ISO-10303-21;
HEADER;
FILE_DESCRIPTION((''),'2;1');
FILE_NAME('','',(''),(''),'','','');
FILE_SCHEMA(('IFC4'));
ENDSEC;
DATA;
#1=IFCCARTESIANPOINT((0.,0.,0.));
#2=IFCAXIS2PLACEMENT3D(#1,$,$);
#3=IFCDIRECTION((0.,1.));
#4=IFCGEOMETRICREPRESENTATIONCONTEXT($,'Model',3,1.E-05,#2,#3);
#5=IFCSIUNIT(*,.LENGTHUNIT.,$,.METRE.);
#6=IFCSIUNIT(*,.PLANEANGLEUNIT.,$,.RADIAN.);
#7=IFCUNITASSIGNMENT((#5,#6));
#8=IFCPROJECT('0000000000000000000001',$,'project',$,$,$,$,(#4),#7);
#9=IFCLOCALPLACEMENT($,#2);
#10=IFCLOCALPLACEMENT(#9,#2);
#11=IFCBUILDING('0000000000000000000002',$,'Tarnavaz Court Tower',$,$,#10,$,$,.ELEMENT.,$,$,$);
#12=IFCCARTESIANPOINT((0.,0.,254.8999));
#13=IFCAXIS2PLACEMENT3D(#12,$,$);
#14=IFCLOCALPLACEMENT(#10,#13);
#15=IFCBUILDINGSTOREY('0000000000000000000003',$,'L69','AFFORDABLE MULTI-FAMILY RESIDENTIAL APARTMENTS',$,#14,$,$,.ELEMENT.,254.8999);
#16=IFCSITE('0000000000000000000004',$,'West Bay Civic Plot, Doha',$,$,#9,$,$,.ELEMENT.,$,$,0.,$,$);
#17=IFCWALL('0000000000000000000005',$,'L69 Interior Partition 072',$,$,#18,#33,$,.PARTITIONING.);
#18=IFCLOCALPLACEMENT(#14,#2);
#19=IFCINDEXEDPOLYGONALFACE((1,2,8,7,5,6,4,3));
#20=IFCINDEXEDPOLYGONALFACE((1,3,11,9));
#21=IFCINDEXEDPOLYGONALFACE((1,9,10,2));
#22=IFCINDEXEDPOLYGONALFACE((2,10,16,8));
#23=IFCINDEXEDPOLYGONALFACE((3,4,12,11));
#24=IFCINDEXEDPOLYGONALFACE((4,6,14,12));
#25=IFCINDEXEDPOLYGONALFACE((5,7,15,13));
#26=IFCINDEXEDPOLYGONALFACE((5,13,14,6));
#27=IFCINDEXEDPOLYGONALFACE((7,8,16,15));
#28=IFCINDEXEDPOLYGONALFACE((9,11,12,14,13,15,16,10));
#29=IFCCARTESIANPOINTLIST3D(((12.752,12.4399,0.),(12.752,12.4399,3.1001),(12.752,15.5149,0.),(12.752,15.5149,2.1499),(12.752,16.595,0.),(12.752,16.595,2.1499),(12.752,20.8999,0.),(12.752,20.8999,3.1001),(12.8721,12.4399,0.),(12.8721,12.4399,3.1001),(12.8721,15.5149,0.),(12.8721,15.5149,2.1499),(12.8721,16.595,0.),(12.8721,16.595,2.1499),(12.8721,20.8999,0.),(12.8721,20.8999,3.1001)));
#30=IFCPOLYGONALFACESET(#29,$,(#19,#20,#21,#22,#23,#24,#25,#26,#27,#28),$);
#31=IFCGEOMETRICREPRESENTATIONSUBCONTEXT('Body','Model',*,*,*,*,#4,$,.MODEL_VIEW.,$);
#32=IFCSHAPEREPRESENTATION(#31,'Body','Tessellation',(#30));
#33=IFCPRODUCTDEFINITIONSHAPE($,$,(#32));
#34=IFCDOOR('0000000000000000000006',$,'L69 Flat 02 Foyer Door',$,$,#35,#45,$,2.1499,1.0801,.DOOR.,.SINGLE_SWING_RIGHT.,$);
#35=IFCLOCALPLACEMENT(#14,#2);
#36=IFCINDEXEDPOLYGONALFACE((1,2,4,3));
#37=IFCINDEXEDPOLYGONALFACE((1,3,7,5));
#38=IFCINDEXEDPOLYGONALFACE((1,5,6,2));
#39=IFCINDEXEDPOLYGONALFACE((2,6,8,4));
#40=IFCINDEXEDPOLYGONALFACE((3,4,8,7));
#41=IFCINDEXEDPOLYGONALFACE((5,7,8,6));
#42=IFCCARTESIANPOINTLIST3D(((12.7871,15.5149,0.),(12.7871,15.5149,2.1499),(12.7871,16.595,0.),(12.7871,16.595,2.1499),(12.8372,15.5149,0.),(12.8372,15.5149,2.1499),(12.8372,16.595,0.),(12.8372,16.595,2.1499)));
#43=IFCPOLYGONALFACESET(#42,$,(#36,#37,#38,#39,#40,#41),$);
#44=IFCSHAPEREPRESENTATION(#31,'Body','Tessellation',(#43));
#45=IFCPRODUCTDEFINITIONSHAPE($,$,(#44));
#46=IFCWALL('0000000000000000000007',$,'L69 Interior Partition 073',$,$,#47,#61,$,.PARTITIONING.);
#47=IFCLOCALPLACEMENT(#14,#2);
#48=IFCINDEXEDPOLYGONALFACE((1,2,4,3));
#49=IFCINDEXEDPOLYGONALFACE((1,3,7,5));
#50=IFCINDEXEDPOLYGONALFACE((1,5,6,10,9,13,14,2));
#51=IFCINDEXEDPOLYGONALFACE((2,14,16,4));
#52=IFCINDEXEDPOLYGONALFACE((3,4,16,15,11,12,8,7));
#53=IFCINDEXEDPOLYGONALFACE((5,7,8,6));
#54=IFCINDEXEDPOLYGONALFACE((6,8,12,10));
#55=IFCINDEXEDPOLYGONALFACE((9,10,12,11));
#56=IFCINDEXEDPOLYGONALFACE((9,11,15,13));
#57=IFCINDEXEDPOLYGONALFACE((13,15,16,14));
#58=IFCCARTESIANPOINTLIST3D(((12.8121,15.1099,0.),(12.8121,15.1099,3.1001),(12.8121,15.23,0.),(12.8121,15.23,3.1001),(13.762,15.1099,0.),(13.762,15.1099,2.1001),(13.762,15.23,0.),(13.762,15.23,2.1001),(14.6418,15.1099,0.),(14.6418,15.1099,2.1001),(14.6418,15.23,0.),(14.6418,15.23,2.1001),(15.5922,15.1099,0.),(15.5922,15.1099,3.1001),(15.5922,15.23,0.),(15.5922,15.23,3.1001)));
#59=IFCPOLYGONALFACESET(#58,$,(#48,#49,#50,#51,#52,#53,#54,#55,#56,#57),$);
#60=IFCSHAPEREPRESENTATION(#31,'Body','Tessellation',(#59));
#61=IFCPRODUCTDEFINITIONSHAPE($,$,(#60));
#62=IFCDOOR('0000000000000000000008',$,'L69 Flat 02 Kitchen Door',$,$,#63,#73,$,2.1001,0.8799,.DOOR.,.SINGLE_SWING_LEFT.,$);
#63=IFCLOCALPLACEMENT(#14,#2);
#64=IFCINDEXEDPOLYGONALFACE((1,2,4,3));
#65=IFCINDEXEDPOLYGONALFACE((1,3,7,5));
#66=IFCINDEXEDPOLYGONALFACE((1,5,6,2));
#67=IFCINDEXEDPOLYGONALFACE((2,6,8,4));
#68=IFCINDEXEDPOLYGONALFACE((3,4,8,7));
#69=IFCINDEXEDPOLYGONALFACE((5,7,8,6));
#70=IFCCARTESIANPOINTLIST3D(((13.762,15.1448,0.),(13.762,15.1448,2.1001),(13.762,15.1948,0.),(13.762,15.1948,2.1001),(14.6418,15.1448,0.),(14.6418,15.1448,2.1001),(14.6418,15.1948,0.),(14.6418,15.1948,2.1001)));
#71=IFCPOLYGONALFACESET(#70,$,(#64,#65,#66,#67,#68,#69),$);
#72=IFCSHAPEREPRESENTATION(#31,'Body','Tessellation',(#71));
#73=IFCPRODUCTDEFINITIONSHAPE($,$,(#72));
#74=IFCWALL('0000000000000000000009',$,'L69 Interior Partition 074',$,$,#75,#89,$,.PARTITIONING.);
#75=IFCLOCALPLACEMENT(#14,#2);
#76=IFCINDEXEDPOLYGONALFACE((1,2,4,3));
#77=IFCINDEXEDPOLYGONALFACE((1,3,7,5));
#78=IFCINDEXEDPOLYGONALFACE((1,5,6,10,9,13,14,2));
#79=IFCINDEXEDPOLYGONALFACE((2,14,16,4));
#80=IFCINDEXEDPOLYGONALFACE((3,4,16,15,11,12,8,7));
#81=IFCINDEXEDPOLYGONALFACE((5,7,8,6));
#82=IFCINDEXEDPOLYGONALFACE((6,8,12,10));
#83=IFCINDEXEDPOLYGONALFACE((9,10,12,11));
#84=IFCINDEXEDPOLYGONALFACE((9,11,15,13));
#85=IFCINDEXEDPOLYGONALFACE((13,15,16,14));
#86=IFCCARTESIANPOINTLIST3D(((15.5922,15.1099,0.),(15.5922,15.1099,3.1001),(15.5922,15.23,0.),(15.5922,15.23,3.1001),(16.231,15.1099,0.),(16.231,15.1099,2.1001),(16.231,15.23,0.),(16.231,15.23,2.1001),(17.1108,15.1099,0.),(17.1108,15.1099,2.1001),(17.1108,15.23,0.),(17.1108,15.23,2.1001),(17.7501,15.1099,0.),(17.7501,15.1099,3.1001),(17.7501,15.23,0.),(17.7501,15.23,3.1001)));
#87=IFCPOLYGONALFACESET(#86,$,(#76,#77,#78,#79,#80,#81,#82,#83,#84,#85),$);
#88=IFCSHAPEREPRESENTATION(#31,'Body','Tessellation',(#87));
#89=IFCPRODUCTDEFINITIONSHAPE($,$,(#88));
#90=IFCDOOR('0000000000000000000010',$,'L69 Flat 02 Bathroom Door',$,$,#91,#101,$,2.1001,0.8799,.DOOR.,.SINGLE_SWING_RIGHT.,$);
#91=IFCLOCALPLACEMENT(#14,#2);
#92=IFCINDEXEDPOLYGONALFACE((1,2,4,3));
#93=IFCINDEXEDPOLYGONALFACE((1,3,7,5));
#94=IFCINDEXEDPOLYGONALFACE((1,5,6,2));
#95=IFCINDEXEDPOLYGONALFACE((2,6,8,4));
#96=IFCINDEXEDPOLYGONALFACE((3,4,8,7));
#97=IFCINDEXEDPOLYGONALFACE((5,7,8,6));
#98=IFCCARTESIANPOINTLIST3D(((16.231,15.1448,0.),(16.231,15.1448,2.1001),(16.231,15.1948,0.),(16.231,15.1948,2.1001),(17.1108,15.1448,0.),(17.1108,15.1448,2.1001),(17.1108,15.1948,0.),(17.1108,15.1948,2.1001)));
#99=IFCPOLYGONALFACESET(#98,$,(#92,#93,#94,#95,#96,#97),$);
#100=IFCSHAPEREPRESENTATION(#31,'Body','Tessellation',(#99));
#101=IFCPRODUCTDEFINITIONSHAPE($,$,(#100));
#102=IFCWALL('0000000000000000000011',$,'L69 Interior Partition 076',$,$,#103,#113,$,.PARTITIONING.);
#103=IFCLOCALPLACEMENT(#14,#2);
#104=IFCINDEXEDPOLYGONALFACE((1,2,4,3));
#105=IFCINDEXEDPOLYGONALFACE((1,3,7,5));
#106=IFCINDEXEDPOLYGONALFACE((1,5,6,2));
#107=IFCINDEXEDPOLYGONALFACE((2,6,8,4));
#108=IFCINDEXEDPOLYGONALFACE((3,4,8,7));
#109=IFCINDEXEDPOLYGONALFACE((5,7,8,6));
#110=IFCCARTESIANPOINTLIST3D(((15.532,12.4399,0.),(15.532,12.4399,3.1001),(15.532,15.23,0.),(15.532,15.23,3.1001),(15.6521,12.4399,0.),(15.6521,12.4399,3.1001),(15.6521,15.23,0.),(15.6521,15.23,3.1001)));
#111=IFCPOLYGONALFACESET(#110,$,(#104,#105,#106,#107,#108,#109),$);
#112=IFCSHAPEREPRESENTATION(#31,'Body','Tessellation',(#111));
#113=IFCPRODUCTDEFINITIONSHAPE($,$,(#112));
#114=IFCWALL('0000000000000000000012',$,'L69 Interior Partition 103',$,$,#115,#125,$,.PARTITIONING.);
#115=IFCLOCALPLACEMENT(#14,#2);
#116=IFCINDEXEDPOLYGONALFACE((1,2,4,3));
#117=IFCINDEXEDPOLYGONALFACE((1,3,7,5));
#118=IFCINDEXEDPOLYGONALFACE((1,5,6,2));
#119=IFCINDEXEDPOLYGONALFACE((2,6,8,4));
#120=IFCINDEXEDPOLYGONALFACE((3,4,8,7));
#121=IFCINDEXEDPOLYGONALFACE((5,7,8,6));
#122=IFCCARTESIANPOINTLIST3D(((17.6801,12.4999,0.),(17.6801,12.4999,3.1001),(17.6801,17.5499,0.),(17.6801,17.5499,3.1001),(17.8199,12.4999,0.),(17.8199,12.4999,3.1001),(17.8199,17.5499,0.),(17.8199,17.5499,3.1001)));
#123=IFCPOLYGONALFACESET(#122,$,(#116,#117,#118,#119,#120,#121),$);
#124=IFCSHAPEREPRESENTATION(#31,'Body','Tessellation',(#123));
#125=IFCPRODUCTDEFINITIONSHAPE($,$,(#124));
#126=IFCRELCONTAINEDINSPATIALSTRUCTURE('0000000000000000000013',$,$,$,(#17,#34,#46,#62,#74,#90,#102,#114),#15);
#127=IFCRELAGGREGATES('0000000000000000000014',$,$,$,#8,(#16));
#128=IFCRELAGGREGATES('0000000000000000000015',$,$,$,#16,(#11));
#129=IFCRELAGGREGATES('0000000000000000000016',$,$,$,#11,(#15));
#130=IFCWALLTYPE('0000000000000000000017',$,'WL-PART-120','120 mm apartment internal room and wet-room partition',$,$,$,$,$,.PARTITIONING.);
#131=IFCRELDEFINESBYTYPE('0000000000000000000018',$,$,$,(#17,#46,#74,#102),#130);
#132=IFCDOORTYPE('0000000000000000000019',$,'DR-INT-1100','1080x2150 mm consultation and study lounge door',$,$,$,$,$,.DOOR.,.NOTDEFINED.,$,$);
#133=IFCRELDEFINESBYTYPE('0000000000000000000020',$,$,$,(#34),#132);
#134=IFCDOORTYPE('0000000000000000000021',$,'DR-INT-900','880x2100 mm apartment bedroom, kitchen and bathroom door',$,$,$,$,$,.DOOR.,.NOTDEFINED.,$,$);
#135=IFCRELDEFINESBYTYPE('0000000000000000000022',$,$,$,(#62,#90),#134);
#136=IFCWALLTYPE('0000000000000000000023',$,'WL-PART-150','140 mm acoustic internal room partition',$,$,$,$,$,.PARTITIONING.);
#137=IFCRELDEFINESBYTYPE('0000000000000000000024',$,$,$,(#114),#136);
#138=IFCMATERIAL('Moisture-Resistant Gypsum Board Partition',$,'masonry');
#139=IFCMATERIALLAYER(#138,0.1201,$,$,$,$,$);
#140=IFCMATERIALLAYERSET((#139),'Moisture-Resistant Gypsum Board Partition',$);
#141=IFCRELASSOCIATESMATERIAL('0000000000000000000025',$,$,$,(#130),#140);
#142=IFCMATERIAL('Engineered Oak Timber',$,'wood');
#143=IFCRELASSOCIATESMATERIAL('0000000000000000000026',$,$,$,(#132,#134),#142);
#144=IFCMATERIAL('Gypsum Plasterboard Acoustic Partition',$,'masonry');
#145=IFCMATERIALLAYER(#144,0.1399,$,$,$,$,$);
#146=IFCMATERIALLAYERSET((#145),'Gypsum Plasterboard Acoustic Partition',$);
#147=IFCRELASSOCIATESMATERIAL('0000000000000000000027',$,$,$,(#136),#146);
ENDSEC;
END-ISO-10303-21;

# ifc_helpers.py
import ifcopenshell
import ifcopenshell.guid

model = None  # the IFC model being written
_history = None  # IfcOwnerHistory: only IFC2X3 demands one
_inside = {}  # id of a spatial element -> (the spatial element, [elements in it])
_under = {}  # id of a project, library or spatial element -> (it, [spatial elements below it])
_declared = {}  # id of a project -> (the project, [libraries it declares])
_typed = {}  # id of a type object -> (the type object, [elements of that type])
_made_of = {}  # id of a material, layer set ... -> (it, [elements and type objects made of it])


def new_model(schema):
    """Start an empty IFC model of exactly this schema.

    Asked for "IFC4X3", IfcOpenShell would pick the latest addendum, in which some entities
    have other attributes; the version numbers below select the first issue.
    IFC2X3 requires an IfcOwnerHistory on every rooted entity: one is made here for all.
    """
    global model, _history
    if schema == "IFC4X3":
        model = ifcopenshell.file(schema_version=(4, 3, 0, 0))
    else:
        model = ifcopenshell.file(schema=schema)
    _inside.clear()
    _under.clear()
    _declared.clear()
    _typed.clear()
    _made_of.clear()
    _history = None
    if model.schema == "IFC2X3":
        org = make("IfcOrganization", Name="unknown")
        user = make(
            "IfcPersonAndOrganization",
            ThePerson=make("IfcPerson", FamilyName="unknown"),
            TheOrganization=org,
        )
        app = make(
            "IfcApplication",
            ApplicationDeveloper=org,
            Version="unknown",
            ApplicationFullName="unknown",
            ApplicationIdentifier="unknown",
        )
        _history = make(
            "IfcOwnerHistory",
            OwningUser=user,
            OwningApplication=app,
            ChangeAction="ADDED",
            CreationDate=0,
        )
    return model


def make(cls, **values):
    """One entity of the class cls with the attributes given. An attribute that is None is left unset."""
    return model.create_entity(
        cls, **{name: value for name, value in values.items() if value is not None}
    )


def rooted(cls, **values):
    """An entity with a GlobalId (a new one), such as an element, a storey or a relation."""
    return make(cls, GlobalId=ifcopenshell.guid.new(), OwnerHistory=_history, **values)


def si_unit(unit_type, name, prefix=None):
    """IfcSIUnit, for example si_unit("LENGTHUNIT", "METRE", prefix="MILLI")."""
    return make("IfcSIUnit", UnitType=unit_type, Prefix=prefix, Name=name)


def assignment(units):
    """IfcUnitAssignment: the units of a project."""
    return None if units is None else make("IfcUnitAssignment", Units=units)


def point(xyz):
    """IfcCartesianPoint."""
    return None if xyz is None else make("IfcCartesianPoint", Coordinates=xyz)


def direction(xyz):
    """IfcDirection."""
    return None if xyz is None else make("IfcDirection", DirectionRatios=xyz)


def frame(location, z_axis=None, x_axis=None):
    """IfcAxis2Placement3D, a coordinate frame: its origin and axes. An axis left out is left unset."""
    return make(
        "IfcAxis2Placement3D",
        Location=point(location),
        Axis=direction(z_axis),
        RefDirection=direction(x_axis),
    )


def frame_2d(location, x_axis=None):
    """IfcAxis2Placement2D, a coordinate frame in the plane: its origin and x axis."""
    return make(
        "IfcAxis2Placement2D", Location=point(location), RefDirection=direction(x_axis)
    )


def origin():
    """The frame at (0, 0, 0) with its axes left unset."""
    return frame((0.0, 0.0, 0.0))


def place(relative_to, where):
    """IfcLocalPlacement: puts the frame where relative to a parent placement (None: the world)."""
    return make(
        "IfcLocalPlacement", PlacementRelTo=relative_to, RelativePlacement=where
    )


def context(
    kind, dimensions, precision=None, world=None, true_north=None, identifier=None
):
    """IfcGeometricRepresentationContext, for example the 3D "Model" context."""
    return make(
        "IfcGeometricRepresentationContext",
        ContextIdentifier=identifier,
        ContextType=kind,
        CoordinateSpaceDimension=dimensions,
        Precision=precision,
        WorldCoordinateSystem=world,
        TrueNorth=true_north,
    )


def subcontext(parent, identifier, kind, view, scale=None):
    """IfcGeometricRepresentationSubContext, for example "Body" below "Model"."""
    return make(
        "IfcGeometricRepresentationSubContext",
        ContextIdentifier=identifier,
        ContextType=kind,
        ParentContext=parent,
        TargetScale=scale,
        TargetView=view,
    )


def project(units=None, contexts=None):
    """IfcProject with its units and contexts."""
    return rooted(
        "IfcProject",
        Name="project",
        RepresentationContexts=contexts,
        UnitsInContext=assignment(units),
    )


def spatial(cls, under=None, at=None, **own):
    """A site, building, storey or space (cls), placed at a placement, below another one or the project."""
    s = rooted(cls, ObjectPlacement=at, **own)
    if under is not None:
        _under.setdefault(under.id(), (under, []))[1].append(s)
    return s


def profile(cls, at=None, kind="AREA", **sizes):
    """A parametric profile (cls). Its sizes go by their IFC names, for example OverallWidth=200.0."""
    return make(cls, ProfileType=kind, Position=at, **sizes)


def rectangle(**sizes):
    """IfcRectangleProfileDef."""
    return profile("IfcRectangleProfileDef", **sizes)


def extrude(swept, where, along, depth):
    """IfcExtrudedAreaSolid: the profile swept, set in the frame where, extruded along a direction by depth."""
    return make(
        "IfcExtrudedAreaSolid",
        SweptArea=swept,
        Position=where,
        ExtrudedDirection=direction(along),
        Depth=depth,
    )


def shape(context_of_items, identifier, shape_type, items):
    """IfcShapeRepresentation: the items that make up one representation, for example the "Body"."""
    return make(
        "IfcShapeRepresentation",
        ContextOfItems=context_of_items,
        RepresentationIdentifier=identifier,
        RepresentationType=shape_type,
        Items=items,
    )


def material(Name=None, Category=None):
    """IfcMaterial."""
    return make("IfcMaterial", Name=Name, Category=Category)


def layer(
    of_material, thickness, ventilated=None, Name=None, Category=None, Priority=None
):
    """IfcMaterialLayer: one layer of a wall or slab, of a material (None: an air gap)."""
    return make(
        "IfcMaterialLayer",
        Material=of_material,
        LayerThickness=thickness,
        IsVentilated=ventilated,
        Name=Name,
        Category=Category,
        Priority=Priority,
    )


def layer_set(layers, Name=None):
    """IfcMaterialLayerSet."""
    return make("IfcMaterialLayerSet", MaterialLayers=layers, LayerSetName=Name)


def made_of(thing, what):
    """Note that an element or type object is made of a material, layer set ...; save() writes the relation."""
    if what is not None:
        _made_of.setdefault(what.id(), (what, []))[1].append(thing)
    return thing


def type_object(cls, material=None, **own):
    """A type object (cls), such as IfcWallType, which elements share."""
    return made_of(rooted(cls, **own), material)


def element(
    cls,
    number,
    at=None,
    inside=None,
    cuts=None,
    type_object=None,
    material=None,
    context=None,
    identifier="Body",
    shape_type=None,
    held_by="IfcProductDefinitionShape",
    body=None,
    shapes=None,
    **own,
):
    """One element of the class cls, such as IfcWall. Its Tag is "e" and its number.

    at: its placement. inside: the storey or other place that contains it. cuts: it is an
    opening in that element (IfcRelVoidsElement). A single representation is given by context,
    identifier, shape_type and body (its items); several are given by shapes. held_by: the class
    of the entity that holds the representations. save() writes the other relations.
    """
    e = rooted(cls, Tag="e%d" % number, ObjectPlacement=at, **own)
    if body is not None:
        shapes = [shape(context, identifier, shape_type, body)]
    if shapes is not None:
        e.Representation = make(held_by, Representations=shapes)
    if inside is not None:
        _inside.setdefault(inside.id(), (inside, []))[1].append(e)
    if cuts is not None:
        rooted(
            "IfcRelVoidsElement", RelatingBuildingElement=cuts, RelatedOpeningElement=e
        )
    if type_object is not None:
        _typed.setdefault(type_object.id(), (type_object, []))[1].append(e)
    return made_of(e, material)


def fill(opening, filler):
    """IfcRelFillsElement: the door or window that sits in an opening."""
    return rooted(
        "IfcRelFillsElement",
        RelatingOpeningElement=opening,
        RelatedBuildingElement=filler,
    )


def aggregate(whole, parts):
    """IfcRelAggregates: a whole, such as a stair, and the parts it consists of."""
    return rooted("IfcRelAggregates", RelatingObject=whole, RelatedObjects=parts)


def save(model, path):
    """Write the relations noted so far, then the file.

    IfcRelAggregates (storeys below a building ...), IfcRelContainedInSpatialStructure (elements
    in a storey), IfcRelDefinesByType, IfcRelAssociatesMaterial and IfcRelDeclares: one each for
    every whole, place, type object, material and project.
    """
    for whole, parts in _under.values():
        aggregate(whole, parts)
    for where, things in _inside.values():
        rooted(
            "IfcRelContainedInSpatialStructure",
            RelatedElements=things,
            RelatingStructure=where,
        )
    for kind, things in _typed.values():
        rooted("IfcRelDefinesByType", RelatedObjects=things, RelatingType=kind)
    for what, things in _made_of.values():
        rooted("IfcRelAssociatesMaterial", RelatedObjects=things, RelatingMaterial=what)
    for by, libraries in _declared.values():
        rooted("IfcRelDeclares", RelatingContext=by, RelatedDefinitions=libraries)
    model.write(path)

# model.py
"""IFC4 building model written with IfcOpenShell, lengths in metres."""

from ifc_helpers import new_model, si_unit, direction, frame, frame_2d, origin, place, context, subcontext, project, spatial, rectangle, extrude, material, layer, layer_set, type_object, element, fill, save


model = new_model("IFC4")

# Units and contexts
model_context = context("Model", 3, precision=1e-05, world=origin(), true_north=direction((0.0, 1.0)))
body_context = subcontext(model_context, "Body", "Model", "MODEL_VIEW")
ifc_project = project(units=[si_unit("LENGTHUNIT", "METRE"), si_unit("PLANEANGLEUNIT", "RADIAN")], contexts=[model_context])

# Site, building, storey
site_placement = place(None, origin())
site = spatial("IfcSite", under=ifc_project, at=site_placement, Name="West Bay Civic Plot, Doha", CompositionType="ELEMENT", RefElevation=0.0)
building_placement = place(site_placement, origin())
building = spatial("IfcBuilding", under=site, at=building_placement, Name="Tarnavaz Court Tower", CompositionType="ELEMENT")
storey_placement = place(building_placement, frame((0.0, 0.0, 254.8999)))
storey = spatial("IfcBuildingStorey", under=building, at=storey_placement, Name="L69", Description="AFFORDABLE MULTI-FAMILY RESIDENTIAL APARTMENTS", CompositionType="ELEMENT", Elevation=254.8999)

# Walls, openings, doors
ifc_material_1 = material(Name="Engineered Oak Timber", Category="wood")
ifc_material_2 = material(Name="Moisture-Resistant Gypsum Board Partition", Category="masonry")
ifc_layer_1 = layer(ifc_material_2, 0.1201)
ifc_layer_set_1 = layer_set([ifc_layer_1], Name="Moisture-Resistant Gypsum Board Partition")
wall_type_1 = type_object("IfcWallType", Name="WL-PART-120", Description="120 mm apartment internal room and wet-room partition", PredefinedType="PARTITIONING", material=ifc_layer_set_1)
wall_1_placement = place(storey_placement, frame((12.812, 12.4399, 0.0), z_axis=(0.0, 0.0, 1.0), x_axis=(0.0, 1.0, 0.0)))
wall_1 = element("IfcWall", 1, at=wall_1_placement, inside=storey, type_object=wall_type_1, Name="L69 Interior Partition 072", PredefinedType="PARTITIONING", context=body_context, shape_type="SweptSolid", body=[
    extrude(rectangle(XDim=8.46, YDim=0.1201, at=frame_2d((4.23, 0.0))), origin(), (0.0, 0.0, 1.0), 3.1001),
])
opening_1_placement = place(wall_1_placement, frame((3.075, 0.0, 0.0)))
opening_1 = element("IfcOpeningElement", 2, at=opening_1_placement, cuts=wall_1, PredefinedType="OPENING", context=body_context, shape_type="SweptSolid", body=[
    extrude(rectangle(XDim=1.0801, YDim=2.1499, at=frame_2d((0.54, 1.075))), frame((0.0, 0.0701, 0.0), z_axis=(0.0, -1.0, 0.0), x_axis=(1.0, 0.0, 0.0)), (0.0, 0.0, 1.0), 0.1401),
])
door_type_1 = type_object("IfcDoorType", Name="DR-INT-1100", Description="1080x2150 mm consultation and study lounge door", OperationType="NOTDEFINED", PredefinedType="DOOR", material=ifc_material_1)
door_1_placement = place(opening_1_placement, origin())
door_1 = element("IfcDoor", 3, at=door_1_placement, inside=storey, type_object=door_type_1, Name="L69 Flat 02 Foyer Door", OperationType="SINGLE_SWING_RIGHT", OverallHeight=2.1499, OverallWidth=1.0801, PredefinedType="DOOR", context=body_context, shape_type="SweptSolid", body=[
    extrude(rectangle(XDim=1.0801, YDim=2.1499, at=frame_2d((0.54, 1.075))), frame((0.0, 0.0249, 0.0), z_axis=(0.0, -1.0, 0.0), x_axis=(1.0, 0.0, 0.0)), (0.0, 0.0, 1.0), 0.05),
])
fill(opening_1, door_1)
wall_2_placement = place(storey_placement, frame((12.812, 15.1699, 0.0), z_axis=(0.0, 0.0, 1.0), x_axis=(1.0, 0.0, 0.0)))
wall_2 = element("IfcWall", 4, at=wall_2_placement, inside=storey, type_object=wall_type_1, Name="L69 Interior Partition 073", PredefinedType="PARTITIONING", context=body_context, shape_type="SweptSolid", body=[
    extrude(rectangle(XDim=2.78, YDim=0.1201, at=frame_2d((1.3901, 0.0))), origin(), (0.0, 0.0, 1.0), 3.1001),
])
opening_2_placement = place(wall_2_placement, frame((0.95, 0.0, 0.0)))
opening_2 = element("IfcOpeningElement", 5, at=opening_2_placement, cuts=wall_2, PredefinedType="OPENING", context=body_context, shape_type="SweptSolid", body=[
    extrude(rectangle(XDim=0.8799, YDim=2.1001, at=frame_2d((0.4399, 1.05))), frame((0.0, 0.0701, 0.0), z_axis=(0.0, -1.0, 0.0), x_axis=(1.0, 0.0, 0.0)), (0.0, 0.0, 1.0), 0.1401),
])
door_type_2 = type_object("IfcDoorType", Name="DR-INT-900", Description="880x2100 mm apartment bedroom, kitchen and bathroom door", OperationType="NOTDEFINED", PredefinedType="DOOR", material=ifc_material_1)
door_2_placement = place(opening_2_placement, origin())
door_2 = element("IfcDoor", 6, at=door_2_placement, inside=storey, type_object=door_type_2, Name="L69 Flat 02 Kitchen Door", OperationType="SINGLE_SWING_LEFT", OverallHeight=2.1001, OverallWidth=0.8799, PredefinedType="DOOR", context=body_context, shape_type="SweptSolid", body=[
    extrude(rectangle(XDim=0.8799, YDim=2.1001, at=frame_2d((0.4399, 1.05))), frame((0.0, 0.0249, 0.0), z_axis=(0.0, -1.0, 0.0), x_axis=(1.0, 0.0, 0.0)), (0.0, 0.0, 1.0), 0.05),
])
fill(opening_2, door_2)
wall_3_placement = place(storey_placement, frame((15.592, 15.1699, 0.0), z_axis=(0.0, 0.0, 1.0), x_axis=(1.0, 0.0, 0.0)))
wall_3 = element("IfcWall", 7, at=wall_3_placement, inside=storey, type_object=wall_type_1, Name="L69 Interior Partition 074", PredefinedType="PARTITIONING", context=body_context, shape_type="SweptSolid", body=[
    extrude(rectangle(XDim=2.158, YDim=0.1201, at=frame_2d((1.0791, 0.0))), origin(), (0.0, 0.0, 1.0), 3.1001),
])
opening_3_placement = place(wall_3_placement, frame((0.6389, 0.0, 0.0)))
opening_3 = element("IfcOpeningElement", 8, at=opening_3_placement, cuts=wall_3, PredefinedType="OPENING", context=body_context, shape_type="SweptSolid", body=[
    extrude(rectangle(XDim=0.8799, YDim=2.1001, at=frame_2d((0.4399, 1.05))), frame((0.0, 0.0701, 0.0), z_axis=(0.0, -1.0, 0.0), x_axis=(1.0, 0.0, 0.0)), (0.0, 0.0, 1.0), 0.1401),
])
door_3_placement = place(opening_3_placement, origin())
door_3 = element("IfcDoor", 9, at=door_3_placement, inside=storey, type_object=door_type_2, Name="L69 Flat 02 Bathroom Door", OperationType="SINGLE_SWING_RIGHT", OverallHeight=2.1001, OverallWidth=0.8799, PredefinedType="DOOR", context=body_context, shape_type="SweptSolid", body=[
    extrude(rectangle(XDim=0.8799, YDim=2.1001, at=frame_2d((0.4399, 1.05))), frame((0.0, 0.0249, 0.0), z_axis=(0.0, -1.0, 0.0), x_axis=(1.0, 0.0, 0.0)), (0.0, 0.0, 1.0), 0.05),
])
fill(opening_3, door_3)

# Walls
wall_4_placement = place(storey_placement, frame((15.592, 12.4399, 0.0), z_axis=(0.0, 0.0, 1.0), x_axis=(0.0, 1.0, 0.0)))
element("IfcWall", 10, at=wall_4_placement, inside=storey, type_object=wall_type_1, Name="L69 Interior Partition 076", PredefinedType="PARTITIONING", context=body_context, shape_type="SweptSolid", body=[
    extrude(rectangle(XDim=2.79, YDim=0.1201, at=frame_2d((1.395, 0.0))), origin(), (0.0, 0.0, 1.0), 3.1001),
])
ifc_material_3 = material(Name="Gypsum Plasterboard Acoustic Partition", Category="masonry")
ifc_layer_2 = layer(ifc_material_3, 0.1399)
ifc_layer_set_2 = layer_set([ifc_layer_2], Name="Gypsum Plasterboard Acoustic Partition")
wall_type_2 = type_object("IfcWallType", Name="WL-PART-150", Description="140 mm acoustic internal room partition", PredefinedType="PARTITIONING", material=ifc_layer_set_2)
wall_5_placement = place(storey_placement, frame((17.75, 12.5, 0.0), z_axis=(0.0, 0.0, 1.0), x_axis=(0.0, 1.0, 0.0)))
element("IfcWall", 11, at=wall_5_placement, inside=storey, type_object=wall_type_2, Name="L69 Interior Partition 103", PredefinedType="PARTITIONING", context=body_context, shape_type="SweptSolid", body=[
    extrude(rectangle(XDim=5.05, YDim=0.1399, at=frame_2d((2.5249, 0.0))), origin(), (0.0, 0.0, 1.0), 3.1001),
])

save(model, "model.ifc")
